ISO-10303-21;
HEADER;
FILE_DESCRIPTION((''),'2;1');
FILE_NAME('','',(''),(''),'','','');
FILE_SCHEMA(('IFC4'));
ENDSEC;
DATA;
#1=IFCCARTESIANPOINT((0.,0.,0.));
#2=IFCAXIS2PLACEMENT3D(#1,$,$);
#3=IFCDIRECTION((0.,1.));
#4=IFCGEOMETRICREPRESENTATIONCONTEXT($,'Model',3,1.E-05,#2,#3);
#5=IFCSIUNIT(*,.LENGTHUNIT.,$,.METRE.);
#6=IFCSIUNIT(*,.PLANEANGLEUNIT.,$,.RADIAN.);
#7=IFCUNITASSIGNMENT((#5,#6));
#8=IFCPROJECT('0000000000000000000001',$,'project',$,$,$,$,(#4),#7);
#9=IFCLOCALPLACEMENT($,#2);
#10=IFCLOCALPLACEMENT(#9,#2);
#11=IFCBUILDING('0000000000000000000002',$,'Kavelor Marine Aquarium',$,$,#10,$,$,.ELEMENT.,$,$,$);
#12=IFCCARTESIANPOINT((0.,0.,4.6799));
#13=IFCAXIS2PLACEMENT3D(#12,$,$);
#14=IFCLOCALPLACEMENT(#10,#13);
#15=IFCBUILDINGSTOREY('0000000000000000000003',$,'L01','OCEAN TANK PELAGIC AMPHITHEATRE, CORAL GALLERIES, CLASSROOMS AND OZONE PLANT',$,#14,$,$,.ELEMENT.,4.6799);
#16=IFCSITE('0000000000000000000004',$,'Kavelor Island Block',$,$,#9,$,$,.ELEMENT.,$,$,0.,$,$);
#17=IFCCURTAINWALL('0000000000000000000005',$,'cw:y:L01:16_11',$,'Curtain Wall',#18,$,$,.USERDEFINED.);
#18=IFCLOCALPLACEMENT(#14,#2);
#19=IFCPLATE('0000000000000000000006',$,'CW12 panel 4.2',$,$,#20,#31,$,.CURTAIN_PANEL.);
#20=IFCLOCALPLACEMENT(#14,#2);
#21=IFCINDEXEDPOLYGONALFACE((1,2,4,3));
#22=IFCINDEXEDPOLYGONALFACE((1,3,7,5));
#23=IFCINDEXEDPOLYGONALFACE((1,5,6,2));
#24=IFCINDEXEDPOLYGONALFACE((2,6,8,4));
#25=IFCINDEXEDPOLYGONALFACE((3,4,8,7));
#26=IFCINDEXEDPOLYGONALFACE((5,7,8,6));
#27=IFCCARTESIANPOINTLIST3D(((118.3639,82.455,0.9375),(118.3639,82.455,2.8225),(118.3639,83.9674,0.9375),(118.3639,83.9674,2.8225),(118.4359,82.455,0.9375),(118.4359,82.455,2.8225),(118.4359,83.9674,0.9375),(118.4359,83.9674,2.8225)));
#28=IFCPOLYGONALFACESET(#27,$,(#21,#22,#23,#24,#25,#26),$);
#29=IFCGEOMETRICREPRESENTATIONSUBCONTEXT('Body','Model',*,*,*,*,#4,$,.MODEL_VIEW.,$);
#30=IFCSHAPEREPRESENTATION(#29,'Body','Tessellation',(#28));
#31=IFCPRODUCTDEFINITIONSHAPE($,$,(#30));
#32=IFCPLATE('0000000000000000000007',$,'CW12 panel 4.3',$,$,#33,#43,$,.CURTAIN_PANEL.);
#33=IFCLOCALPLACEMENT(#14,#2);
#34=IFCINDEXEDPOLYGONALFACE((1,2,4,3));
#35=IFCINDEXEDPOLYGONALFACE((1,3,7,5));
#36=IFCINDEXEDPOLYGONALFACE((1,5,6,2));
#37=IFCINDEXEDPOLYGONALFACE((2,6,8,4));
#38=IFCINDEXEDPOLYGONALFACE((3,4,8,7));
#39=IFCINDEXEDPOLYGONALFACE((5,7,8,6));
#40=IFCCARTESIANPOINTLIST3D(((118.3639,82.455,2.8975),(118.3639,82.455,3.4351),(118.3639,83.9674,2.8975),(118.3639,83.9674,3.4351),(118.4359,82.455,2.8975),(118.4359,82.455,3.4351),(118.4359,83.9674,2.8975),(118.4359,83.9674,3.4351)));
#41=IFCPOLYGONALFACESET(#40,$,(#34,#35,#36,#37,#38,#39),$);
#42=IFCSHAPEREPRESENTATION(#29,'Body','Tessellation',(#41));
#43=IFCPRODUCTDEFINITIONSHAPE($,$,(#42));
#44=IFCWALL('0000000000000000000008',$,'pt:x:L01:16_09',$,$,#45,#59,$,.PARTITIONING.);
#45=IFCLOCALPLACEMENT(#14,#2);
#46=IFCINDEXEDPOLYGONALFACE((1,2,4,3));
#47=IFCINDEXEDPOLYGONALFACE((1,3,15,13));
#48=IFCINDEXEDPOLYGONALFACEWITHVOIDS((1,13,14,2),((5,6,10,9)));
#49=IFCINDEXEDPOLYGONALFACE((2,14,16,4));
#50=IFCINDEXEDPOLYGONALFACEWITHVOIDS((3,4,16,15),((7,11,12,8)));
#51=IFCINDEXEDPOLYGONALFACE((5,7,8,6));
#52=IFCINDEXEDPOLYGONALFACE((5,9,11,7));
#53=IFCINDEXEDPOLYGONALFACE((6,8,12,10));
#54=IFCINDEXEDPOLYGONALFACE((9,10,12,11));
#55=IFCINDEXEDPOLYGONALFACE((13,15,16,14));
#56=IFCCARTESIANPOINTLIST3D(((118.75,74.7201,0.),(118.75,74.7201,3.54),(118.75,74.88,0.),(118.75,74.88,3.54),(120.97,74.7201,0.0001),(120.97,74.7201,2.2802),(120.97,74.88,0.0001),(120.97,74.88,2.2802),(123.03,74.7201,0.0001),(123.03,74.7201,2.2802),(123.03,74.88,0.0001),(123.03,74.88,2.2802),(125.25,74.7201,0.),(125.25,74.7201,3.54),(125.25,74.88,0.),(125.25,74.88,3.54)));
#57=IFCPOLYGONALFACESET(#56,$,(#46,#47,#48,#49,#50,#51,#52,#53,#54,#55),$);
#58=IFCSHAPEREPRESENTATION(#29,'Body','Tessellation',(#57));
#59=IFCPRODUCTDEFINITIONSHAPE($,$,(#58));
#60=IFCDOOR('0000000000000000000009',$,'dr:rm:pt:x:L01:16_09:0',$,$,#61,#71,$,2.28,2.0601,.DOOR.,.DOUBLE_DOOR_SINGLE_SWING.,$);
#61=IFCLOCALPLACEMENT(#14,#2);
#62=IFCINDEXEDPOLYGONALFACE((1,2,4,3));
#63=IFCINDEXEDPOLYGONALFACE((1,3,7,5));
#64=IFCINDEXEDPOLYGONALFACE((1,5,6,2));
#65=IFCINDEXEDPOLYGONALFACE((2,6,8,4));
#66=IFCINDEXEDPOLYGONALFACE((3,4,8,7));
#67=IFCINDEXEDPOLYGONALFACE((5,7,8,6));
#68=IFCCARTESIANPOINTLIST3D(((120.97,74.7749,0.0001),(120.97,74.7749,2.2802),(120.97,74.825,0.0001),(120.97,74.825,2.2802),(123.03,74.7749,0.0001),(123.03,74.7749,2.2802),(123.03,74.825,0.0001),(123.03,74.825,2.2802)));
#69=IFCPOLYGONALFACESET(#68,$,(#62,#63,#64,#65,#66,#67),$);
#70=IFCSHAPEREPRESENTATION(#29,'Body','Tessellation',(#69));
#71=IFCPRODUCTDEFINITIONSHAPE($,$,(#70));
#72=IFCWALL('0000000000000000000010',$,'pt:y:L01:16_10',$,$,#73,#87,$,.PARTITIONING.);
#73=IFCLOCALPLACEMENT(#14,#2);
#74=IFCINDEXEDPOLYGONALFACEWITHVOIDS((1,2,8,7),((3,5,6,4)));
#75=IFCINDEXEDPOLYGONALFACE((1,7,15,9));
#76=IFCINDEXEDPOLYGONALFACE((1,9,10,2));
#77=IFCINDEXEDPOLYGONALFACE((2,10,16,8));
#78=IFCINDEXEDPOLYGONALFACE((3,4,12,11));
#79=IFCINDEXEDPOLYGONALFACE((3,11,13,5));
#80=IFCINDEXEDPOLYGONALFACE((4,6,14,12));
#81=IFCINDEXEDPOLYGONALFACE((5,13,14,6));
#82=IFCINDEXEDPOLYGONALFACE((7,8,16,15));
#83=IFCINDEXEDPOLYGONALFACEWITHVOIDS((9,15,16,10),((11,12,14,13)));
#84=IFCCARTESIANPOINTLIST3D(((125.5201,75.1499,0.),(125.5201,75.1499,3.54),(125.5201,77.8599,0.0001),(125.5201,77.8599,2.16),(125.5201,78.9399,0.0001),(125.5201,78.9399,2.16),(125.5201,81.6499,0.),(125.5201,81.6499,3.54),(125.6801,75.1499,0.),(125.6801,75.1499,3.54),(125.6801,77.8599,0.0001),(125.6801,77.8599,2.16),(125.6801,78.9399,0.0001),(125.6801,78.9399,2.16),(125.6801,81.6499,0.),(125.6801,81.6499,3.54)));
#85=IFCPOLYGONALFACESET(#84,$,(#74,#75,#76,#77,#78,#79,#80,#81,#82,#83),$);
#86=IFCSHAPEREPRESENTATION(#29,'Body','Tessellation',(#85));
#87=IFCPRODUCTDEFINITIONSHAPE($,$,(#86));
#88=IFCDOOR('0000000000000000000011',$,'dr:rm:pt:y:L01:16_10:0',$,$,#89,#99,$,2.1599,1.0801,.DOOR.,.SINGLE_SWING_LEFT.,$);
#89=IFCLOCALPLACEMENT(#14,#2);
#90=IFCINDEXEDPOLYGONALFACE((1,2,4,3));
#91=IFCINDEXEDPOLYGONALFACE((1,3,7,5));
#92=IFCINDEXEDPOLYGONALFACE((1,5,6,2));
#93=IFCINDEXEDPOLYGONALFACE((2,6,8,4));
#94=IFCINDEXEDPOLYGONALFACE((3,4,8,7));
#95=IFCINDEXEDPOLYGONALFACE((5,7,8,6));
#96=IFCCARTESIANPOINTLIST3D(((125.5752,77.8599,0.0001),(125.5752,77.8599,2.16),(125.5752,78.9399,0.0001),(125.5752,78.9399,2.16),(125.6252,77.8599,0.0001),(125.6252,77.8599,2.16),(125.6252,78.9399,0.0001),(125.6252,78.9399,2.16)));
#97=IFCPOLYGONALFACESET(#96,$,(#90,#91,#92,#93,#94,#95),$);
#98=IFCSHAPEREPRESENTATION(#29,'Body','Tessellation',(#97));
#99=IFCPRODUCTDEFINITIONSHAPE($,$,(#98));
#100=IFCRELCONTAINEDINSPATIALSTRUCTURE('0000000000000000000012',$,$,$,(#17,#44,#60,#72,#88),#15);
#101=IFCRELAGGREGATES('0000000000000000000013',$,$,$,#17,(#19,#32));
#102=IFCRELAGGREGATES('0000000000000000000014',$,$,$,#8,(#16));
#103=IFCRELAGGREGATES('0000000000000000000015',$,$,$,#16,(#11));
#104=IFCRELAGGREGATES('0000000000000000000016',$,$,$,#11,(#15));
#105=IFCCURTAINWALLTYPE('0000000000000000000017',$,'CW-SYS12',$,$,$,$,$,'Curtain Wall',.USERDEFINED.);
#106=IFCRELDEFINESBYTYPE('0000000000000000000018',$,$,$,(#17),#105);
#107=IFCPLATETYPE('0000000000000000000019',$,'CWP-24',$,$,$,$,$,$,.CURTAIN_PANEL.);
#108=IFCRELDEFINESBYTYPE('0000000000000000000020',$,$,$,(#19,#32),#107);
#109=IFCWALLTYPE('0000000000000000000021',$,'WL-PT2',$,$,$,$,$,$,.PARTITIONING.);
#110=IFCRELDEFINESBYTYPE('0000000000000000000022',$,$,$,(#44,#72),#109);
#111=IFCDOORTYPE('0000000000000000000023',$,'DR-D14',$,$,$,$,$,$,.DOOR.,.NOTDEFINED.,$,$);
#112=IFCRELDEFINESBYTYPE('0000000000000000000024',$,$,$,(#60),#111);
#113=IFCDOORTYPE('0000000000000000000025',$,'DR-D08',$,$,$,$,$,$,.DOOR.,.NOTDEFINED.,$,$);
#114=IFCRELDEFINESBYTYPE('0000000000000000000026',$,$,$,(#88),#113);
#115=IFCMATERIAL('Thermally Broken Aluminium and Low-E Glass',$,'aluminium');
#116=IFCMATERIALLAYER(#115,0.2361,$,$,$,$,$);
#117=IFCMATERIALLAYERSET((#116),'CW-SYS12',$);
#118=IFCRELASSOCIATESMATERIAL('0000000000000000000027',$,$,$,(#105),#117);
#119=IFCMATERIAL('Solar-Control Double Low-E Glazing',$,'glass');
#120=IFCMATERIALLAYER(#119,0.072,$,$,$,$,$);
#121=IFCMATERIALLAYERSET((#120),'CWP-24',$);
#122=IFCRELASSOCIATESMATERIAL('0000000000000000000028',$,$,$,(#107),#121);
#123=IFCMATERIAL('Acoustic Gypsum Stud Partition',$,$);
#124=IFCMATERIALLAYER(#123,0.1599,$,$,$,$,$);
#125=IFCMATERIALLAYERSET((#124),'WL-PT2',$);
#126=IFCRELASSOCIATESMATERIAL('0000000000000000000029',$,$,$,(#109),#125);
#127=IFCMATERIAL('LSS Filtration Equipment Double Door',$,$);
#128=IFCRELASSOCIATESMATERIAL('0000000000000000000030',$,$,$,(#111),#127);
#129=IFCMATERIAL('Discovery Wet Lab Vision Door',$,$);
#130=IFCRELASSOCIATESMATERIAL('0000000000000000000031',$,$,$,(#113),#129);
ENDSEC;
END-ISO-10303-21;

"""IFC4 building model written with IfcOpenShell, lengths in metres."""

from ifc_helpers import new_model, si_unit, direction, frame, frame_2d, origin, origin_2d, place, context, subcontext, project, spatial, rectangle, extrude, material, layer, layer_set, type_object, element, fill, aggregate, save


model = new_model("IFC4")

# Units and contexts
model_context = context("Model", 3, precision=1e-05, world=origin(), true_north=direction((0.0, 1.0)))
body_context = subcontext(model_context, "Body", "Model", "MODEL_VIEW")
ifc_project = project(units=[si_unit("LENGTHUNIT", "METRE"), si_unit("PLANEANGLEUNIT", "RADIAN")], contexts=[model_context])

# Site, building, storey
site_placement = place(None, origin())
site = spatial("IfcSite", under=ifc_project, at=site_placement, Name="Kavelor Island Block", CompositionType="ELEMENT", RefElevation=0.0)
building_placement = place(site_placement, origin())
building = spatial("IfcBuilding", under=site, at=building_placement, Name="Kavelor Marine Aquarium", CompositionType="ELEMENT")
storey_placement = place(building_placement, frame((0.0, 0.0, 4.6799)))
storey = spatial("IfcBuildingStorey", under=building, at=storey_placement, Name="L01", Description="OCEAN TANK PELAGIC AMPHITHEATRE, CORAL GALLERIES, CLASSROOMS AND OZONE PLANT", CompositionType="ELEMENT", Elevation=4.6799)

# Curtain wall
ifc_material_1 = material(Name="Thermally Broken Aluminium and Low-E Glass", Category="aluminium")
ifc_layer_1 = layer(ifc_material_1, 0.2361)
ifc_layer_set_1 = layer_set([ifc_layer_1], Name="CW-SYS12")
curtain_wall_type_1 = type_object("IfcCurtainWallType", Name="CW-SYS12", ElementType="Curtain Wall", PredefinedType="USERDEFINED", material=ifc_layer_set_1)
curtain_wall_1_placement = place(storey_placement, origin())
curtain_wall_1 = element("IfcCurtainWall", 1, at=curtain_wall_1_placement, inside=storey, type_object=curtain_wall_type_1, Name="cw:y:L01:16_11", ObjectType="Curtain Wall", PredefinedType="USERDEFINED")

# Plates
ifc_material_2 = material(Name="Solar-Control Double Low-E Glazing", Category="glass")
ifc_layer_2 = layer(ifc_material_2, 0.072)
ifc_layer_set_2 = layer_set([ifc_layer_2], Name="CWP-24")
plate_type = type_object("IfcPlateType", Name="CWP-24", PredefinedType="CURTAIN_PANEL", material=ifc_layer_set_2)
plate_1_placement = place(storey_placement, frame((118.3999, 83.2112, 0.9375), z_axis=(0.0, 0.0, 1.0), x_axis=(0.0, -1.0, 0.0)))
plate_1 = element("IfcPlate", 2, at=plate_1_placement, type_object=plate_type, Name="CW12 panel 4.2", PredefinedType="CURTAIN_PANEL", context=body_context, shape_type="SweptSolid", body=[
    extrude(rectangle(XDim=1.5125, YDim=0.072, at=origin_2d()), origin(), (0.0, 0.0, 1.0), 1.885),
])
plate_2_placement = place(storey_placement, frame((118.3999, 83.2112, 2.8975), z_axis=(0.0, 0.0, 1.0), x_axis=(0.0, -1.0, 0.0)))
plate_2 = element("IfcPlate", 3, at=plate_2_placement, type_object=plate_type, Name="CW12 panel 4.3", PredefinedType="CURTAIN_PANEL", context=body_context, shape_type="SweptSolid", body=[
    extrude(rectangle(XDim=1.5125, YDim=0.072, at=origin_2d()), origin(), (0.0, 0.0, 1.0), 0.5376),
])
aggregate(curtain_wall_1, [plate_1, plate_2])

# Walls, openings, doors
ifc_material_3 = material(Name="Acoustic Gypsum Stud Partition")
ifc_layer_3 = layer(ifc_material_3, 0.1599)
ifc_layer_set_3 = layer_set([ifc_layer_3], Name="WL-PT2")
wall_type = type_object("IfcWallType", Name="WL-PT2", PredefinedType="PARTITIONING", material=ifc_layer_set_3)
wall_1_placement = place(storey_placement, frame((118.75, 74.8, 0.0), z_axis=(0.0, 0.0, 1.0), x_axis=(1.0, 0.0, 0.0)))
wall_1 = element("IfcWall", 4, at=wall_1_placement, inside=storey, type_object=wall_type, Name="pt:x:L01:16_09", PredefinedType="PARTITIONING", context=body_context, shape_type="SweptSolid", body=[
    extrude(rectangle(XDim=6.5, YDim=0.1599, at=frame_2d((3.25, 0.0))), origin(), (0.0, 0.0, 1.0), 3.54),
])
opening_1_placement = place(wall_1_placement, frame((2.22, 0.0, 0.0)))
opening_1 = element("IfcOpeningElement", 5, at=opening_1_placement, cuts=wall_1, PredefinedType="OPENING", context=body_context, shape_type="SweptSolid", body=[
    extrude(rectangle(XDim=2.0601, YDim=2.28, at=frame_2d((1.03, 1.1401))), frame((0.0, 0.0898, 0.0), z_axis=(0.0, -1.0, 0.0), x_axis=(1.0, 0.0, 0.0)), (0.0, 0.0, 1.0), 0.1799),
])
ifc_material_4 = material(Name="LSS Filtration Equipment Double Door")
door_type_1 = type_object("IfcDoorType", Name="DR-D14", OperationType="NOTDEFINED", PredefinedType="DOOR", material=ifc_material_4)
door_1_placement = place(opening_1_placement, origin())
door_1 = element("IfcDoor", 6, at=door_1_placement, inside=storey, type_object=door_type_1, Name="dr:rm:pt:x:L01:16_09:0", OperationType="DOUBLE_DOOR_SINGLE_SWING", OverallHeight=2.28, OverallWidth=2.0601, PredefinedType="DOOR", context=body_context, shape_type="SweptSolid", body=[
    extrude(rectangle(XDim=2.0601, YDim=2.28, at=frame_2d((1.03, 1.1401))), frame((0.0, 0.0249, 0.0), z_axis=(0.0, -1.0, 0.0), x_axis=(1.0, 0.0, 0.0)), (0.0, 0.0, 1.0), 0.05),
])
fill(opening_1, door_1)
wall_2_placement = place(storey_placement, frame((125.6001, 75.1499, 0.0), z_axis=(0.0, 0.0, 1.0), x_axis=(0.0, 1.0, 0.0)))
wall_2 = element("IfcWall", 7, at=wall_2_placement, inside=storey, type_object=wall_type, Name="pt:y:L01:16_10", PredefinedType="PARTITIONING", context=body_context, shape_type="SweptSolid", body=[
    extrude(rectangle(XDim=6.5, YDim=0.1599, at=frame_2d((3.25, 0.0))), origin(), (0.0, 0.0, 1.0), 3.54),
])
opening_2_placement = place(wall_2_placement, frame((2.71, 0.0, 0.0)))
opening_2 = element("IfcOpeningElement", 8, at=opening_2_placement, cuts=wall_2, PredefinedType="OPENING", context=body_context, shape_type="SweptSolid", body=[
    extrude(rectangle(XDim=1.0801, YDim=2.1599, at=frame_2d((0.54, 1.0801))), frame((0.0, 0.0898, 0.0), z_axis=(0.0, -1.0, 0.0), x_axis=(1.0, 0.0, 0.0)), (0.0, 0.0, 1.0), 0.1799),
])
ifc_material_5 = material(Name="Discovery Wet Lab Vision Door")
door_type_2 = type_object("IfcDoorType", Name="DR-D08", OperationType="NOTDEFINED", PredefinedType="DOOR", material=ifc_material_5)
door_2_placement = place(opening_2_placement, origin())
door_2 = element("IfcDoor", 9, at=door_2_placement, inside=storey, type_object=door_type_2, Name="dr:rm:pt:y:L01:16_10:0", OperationType="SINGLE_SWING_LEFT", OverallHeight=2.1599, OverallWidth=1.0801, PredefinedType="DOOR", context=body_context, shape_type="SweptSolid", body=[
    extrude(rectangle(XDim=1.0801, YDim=2.1599, at=frame_2d((0.54, 1.0801))), frame((0.0, 0.0249, 0.0), z_axis=(0.0, -1.0, 0.0), x_axis=(1.0, 0.0, 0.0)), (0.0, 0.0, 1.0), 0.05),
])
fill(opening_2, door_2)

save(model, "model.ifc")
